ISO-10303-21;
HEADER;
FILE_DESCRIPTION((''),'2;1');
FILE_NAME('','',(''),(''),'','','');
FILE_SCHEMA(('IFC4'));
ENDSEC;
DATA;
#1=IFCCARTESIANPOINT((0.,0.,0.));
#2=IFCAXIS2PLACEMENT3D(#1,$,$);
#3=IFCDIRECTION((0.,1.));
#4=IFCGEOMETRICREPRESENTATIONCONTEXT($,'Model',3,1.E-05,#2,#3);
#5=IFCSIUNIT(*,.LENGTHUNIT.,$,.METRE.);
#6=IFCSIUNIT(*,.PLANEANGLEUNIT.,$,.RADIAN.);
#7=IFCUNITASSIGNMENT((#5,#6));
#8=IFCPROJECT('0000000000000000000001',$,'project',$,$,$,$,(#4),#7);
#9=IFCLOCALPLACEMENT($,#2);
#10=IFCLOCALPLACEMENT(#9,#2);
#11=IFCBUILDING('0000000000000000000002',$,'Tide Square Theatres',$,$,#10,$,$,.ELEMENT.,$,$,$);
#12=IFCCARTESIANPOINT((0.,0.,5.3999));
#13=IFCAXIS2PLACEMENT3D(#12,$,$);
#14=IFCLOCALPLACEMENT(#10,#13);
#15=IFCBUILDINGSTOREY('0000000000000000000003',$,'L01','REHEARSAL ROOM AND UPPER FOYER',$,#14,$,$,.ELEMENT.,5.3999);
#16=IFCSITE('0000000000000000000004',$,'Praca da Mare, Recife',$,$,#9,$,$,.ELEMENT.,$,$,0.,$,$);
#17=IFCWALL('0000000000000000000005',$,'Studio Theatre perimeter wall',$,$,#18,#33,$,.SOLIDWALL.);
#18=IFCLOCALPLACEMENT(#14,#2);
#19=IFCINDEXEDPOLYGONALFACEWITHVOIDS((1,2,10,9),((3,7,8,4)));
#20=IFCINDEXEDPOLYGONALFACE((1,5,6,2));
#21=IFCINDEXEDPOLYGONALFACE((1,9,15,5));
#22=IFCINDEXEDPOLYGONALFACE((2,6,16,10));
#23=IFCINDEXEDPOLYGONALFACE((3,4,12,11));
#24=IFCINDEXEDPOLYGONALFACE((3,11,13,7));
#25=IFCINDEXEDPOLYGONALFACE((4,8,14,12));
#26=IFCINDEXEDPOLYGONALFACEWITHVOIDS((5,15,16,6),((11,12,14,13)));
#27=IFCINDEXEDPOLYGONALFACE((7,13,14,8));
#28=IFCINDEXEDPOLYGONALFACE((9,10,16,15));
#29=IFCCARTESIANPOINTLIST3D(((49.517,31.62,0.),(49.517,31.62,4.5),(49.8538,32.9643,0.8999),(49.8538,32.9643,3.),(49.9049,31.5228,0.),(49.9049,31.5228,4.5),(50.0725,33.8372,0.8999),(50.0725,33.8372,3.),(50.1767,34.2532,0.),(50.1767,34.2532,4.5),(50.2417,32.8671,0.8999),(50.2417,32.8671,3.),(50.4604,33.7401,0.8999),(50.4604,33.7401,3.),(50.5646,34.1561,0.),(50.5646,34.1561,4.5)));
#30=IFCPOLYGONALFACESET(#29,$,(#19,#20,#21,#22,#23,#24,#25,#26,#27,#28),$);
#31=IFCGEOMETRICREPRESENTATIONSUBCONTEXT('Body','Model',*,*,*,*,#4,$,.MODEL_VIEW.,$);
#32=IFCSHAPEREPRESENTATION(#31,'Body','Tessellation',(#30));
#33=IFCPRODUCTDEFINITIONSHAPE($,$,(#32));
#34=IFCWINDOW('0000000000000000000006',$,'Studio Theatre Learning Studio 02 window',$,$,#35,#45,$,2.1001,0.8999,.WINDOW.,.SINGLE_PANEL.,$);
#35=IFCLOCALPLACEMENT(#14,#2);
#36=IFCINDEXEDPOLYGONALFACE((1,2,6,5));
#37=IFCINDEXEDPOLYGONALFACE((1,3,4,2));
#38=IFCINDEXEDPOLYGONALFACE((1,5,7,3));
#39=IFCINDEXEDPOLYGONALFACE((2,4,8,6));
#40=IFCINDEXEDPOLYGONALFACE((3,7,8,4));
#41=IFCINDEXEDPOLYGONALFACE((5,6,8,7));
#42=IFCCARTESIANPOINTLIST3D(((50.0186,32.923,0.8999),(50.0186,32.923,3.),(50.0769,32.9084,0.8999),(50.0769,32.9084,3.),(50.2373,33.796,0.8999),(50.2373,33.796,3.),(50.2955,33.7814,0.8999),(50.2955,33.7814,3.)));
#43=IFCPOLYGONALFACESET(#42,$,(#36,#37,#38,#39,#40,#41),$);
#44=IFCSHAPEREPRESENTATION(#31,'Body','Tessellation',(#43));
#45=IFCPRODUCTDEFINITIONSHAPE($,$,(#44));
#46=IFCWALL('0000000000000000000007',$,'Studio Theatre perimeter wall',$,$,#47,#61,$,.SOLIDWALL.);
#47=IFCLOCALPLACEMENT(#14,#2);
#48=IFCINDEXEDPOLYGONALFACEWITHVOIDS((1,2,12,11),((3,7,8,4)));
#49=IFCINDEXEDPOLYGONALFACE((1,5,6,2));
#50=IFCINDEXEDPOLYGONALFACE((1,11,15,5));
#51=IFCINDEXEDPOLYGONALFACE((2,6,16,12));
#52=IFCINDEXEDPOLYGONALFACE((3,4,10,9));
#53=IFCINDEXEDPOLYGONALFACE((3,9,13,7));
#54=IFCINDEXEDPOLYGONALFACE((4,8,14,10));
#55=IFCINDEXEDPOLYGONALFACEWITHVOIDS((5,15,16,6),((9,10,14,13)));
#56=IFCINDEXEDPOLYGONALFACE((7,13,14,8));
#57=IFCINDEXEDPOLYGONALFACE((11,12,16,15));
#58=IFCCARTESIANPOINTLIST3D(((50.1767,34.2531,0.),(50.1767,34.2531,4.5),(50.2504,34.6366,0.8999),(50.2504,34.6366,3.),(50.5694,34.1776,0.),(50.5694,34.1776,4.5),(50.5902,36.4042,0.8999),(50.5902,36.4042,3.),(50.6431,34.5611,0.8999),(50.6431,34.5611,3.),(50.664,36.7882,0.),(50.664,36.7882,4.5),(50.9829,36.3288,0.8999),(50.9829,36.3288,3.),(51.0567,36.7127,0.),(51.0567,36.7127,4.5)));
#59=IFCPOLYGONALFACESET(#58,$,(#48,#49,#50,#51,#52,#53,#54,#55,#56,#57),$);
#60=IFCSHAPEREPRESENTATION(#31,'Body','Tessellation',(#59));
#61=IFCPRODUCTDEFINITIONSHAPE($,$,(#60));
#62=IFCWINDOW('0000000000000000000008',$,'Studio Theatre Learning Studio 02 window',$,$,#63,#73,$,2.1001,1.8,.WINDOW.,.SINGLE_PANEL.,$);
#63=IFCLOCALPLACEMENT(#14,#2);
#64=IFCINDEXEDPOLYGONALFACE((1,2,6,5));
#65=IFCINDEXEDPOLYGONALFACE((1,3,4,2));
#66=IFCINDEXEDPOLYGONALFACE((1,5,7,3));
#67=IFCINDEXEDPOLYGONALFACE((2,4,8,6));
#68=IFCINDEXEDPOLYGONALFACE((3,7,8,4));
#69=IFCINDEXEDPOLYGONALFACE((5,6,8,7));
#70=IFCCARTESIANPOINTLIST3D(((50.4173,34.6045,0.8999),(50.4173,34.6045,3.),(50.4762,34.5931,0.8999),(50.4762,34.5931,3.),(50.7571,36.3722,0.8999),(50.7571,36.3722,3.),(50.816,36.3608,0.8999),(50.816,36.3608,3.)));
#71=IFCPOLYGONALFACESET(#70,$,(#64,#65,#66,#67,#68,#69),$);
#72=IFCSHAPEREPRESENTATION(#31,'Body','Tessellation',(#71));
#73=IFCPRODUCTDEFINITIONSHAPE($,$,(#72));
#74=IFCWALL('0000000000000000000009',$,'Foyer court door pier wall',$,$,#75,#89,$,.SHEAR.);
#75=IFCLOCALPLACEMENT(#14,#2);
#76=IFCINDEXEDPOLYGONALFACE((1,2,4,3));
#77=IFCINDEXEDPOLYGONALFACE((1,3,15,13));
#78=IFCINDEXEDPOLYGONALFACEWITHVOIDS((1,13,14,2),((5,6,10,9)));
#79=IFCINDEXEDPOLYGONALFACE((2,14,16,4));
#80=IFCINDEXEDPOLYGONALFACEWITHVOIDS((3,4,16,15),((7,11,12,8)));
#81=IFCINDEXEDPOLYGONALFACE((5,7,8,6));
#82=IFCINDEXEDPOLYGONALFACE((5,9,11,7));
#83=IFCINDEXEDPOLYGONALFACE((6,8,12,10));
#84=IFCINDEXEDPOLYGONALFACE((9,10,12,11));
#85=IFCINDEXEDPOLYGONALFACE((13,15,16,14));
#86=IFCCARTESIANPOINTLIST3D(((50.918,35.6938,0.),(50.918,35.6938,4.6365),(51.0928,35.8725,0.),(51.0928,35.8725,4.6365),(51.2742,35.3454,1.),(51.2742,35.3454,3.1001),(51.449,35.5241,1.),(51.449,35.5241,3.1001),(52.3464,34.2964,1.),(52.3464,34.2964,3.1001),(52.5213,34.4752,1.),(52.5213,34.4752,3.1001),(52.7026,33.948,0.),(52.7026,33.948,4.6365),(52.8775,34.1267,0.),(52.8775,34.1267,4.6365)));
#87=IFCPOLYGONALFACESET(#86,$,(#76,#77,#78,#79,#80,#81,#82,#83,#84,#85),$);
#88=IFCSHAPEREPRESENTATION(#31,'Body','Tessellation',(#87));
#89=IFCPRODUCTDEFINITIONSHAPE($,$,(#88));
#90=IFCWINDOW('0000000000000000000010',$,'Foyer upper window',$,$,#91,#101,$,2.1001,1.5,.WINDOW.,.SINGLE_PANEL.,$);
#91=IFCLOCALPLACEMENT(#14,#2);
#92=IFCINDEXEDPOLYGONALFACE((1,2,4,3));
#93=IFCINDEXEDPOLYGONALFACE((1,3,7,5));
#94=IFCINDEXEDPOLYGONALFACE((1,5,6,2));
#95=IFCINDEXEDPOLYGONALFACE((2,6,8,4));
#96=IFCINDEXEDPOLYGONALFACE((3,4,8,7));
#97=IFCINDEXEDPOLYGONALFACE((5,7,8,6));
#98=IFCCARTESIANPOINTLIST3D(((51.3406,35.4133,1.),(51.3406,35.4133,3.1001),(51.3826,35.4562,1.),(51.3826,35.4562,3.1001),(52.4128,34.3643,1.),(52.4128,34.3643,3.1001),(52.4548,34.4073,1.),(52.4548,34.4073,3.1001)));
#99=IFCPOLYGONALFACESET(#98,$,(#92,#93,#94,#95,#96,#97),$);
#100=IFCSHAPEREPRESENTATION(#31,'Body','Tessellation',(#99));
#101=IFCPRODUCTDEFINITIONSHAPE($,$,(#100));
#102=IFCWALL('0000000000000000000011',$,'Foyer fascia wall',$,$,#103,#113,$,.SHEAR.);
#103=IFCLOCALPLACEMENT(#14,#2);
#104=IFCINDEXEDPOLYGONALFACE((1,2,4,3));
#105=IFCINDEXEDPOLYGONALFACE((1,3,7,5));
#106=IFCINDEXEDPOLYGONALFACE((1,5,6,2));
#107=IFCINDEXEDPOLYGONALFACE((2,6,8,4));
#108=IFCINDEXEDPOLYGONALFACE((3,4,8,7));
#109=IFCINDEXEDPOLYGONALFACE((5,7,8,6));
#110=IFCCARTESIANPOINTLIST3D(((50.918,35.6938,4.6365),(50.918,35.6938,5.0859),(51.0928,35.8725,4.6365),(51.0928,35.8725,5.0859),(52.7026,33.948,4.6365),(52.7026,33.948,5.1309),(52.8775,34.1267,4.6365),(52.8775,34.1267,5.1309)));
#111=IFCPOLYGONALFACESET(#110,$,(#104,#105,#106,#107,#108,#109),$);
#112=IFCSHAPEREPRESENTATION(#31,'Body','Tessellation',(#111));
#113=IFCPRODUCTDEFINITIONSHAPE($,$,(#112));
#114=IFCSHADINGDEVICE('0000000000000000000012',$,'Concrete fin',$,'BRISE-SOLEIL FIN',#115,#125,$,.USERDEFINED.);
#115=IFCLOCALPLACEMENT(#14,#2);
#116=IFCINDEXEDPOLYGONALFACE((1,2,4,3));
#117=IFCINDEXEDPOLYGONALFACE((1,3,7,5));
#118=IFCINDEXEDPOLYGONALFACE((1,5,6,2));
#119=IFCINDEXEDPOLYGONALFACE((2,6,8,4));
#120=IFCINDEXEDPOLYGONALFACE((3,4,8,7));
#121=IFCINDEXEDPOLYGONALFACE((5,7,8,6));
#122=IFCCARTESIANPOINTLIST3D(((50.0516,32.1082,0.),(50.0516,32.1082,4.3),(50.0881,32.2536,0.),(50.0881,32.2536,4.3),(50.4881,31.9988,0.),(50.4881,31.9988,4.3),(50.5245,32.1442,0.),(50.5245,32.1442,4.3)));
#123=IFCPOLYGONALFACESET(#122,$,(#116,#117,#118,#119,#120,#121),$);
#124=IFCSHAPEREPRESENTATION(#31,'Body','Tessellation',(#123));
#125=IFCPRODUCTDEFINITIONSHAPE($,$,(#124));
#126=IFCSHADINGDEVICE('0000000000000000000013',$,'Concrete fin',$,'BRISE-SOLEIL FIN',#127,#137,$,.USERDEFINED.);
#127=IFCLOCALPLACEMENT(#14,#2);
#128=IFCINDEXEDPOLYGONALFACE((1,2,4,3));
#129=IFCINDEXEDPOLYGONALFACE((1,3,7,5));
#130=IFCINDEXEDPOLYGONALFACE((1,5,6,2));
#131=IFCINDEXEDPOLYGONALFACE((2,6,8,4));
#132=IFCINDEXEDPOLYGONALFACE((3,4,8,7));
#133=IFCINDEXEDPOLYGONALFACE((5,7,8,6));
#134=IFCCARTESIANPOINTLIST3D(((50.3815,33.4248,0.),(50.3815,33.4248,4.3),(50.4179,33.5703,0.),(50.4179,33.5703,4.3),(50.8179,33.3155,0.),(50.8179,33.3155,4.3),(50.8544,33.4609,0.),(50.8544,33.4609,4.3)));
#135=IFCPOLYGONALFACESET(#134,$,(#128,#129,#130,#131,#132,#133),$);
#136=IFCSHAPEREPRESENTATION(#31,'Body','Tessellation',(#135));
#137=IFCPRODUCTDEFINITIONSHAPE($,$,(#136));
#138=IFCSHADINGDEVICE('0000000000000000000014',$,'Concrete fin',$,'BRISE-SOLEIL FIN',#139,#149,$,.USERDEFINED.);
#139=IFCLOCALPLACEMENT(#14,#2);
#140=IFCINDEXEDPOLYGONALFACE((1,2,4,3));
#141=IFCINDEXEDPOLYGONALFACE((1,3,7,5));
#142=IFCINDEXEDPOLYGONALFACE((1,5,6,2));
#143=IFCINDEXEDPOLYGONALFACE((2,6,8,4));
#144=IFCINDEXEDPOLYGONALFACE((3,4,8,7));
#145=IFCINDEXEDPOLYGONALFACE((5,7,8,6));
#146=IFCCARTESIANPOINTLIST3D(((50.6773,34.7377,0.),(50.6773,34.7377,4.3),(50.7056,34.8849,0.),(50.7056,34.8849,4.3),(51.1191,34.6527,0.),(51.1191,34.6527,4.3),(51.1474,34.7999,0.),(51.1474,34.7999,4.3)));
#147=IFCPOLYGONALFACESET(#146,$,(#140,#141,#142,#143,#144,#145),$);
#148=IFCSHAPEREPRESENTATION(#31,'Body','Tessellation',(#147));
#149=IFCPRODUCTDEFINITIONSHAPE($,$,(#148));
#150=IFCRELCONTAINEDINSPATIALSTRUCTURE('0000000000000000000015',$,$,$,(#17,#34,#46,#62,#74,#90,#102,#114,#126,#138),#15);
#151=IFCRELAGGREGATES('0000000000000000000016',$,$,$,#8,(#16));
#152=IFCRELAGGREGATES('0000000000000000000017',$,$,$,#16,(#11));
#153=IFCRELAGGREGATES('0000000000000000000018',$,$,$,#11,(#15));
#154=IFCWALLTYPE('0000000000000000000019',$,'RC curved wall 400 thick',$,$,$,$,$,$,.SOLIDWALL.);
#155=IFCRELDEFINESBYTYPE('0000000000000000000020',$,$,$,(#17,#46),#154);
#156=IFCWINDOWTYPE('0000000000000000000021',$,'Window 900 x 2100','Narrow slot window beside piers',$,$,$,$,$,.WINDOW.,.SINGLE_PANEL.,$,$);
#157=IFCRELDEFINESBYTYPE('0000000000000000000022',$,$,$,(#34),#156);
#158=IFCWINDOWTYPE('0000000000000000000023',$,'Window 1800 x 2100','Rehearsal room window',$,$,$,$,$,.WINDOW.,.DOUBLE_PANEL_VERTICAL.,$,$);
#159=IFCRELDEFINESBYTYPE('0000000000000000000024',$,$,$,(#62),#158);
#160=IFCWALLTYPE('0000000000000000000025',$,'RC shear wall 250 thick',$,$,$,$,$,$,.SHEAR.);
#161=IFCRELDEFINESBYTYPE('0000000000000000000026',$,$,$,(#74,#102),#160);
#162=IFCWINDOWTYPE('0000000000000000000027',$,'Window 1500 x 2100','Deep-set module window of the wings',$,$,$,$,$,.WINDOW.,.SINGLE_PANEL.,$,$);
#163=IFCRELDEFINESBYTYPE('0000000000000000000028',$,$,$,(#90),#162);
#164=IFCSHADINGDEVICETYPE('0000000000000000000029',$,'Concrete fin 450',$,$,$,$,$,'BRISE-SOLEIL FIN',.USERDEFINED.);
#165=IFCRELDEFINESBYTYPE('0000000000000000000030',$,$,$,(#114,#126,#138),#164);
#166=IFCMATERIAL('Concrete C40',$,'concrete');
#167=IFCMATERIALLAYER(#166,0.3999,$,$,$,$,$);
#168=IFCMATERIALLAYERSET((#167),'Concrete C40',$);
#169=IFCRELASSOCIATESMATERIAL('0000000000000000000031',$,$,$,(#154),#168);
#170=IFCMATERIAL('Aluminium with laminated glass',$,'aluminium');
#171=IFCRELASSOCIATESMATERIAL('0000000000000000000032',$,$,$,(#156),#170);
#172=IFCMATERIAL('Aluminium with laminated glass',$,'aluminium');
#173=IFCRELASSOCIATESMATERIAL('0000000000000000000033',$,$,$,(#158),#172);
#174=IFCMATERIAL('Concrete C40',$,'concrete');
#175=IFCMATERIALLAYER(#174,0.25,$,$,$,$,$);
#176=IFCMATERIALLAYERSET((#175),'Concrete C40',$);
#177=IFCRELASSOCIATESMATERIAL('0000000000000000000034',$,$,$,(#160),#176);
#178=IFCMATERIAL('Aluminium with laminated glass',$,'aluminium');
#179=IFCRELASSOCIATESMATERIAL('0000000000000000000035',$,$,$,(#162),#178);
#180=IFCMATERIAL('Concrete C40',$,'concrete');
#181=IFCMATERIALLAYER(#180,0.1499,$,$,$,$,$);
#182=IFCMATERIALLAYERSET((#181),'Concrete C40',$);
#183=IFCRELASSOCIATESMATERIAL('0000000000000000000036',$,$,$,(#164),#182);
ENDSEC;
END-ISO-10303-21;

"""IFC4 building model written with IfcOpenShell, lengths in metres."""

from ifc_helpers import new_model, si_unit, direction, frame, frame_2d, origin, origin_2d, place, context, subcontext, project, spatial, polyline, rectangle, outline, extrude, material, layer, layer_set, type_object, element, fill, save


model = new_model("IFC4")

# Units and contexts
model_context = context("Model", 3, precision=1e-05, world=origin(), true_north=direction((0.0, 1.0)))
body_context = subcontext(model_context, "Body", "Model", "MODEL_VIEW")
ifc_project = project(units=[si_unit("LENGTHUNIT", "METRE"), si_unit("PLANEANGLEUNIT", "RADIAN")], contexts=[model_context])

# Site, building, storey
site_placement = place(None, origin())
site = spatial("IfcSite", under=ifc_project, at=site_placement, Name="Praca da Mare, Recife", CompositionType="ELEMENT", RefElevation=0.0)
building_placement = place(site_placement, origin())
building = spatial("IfcBuilding", under=site, at=building_placement, Name="Tide Square Theatres", CompositionType="ELEMENT")
storey_placement = place(building_placement, frame((0.0, 0.0, 5.3999)))
storey = spatial("IfcBuildingStorey", under=building, at=storey_placement, Name="L01", Description="REHEARSAL ROOM AND UPPER FOYER", CompositionType="ELEMENT", Elevation=5.3999)

# Walls, openings, windows
ifc_material_1 = material(Name="Concrete C40", Category="concrete")
ifc_layer_1 = layer(ifc_material_1, 0.3999)
ifc_layer_set_1 = layer_set([ifc_layer_1], Name="Concrete C40")
wall_type_1 = type_object("IfcWallType", Name="RC curved wall 400 thick", PredefinedType="SOLIDWALL", material=ifc_layer_set_1)
wall_1_placement = place(storey_placement, frame((49.7109, 31.5713, 0.0), z_axis=(0.0, 0.0, 1.0), x_axis=(0.243001, 0.970026, 0.0)))
wall_1 = element("IfcWall", 1, at=wall_1_placement, inside=storey, type_object=wall_type_1, Name="Studio Theatre perimeter wall", PredefinedType="SOLIDWALL", context=body_context, shape_type="SweptSolid", body=[
    extrude(rectangle(XDim=2.7146, YDim=0.3999, at=frame_2d((1.3574, 0.0))), origin(), (0.0, 0.0, 1.0), 4.5),
])
opening_1_placement = place(wall_1_placement, frame((1.386, 0.0, 0.8999)))
opening_1 = element("IfcOpeningElement", 2, at=opening_1_placement, cuts=wall_1, PredefinedType="OPENING", context=body_context, shape_type="SweptSolid", body=[
    extrude(rectangle(XDim=0.8999, YDim=2.1001, at=frame_2d((0.45, 1.05))), frame((0.0, 0.21, 0.0), z_axis=(0.0, -1.0, 0.0), x_axis=(1.0, 0.0, 0.0)), (0.0, 0.0, 1.0), 0.4199),
])
ifc_material_2 = material(Name="Aluminium with laminated glass", Category="aluminium")
window_type_1 = type_object("IfcWindowType", Name="Window 900 x 2100", Description="Narrow slot window beside piers", PartitioningType="SINGLE_PANEL", PredefinedType="WINDOW", material=ifc_material_2)
window_1_placement = place(opening_1_placement, origin())
window_1 = element("IfcWindow", 3, at=window_1_placement, inside=storey, type_object=window_type_1, Name="Studio Theatre Learning Studio 02 window", OverallHeight=2.1001, OverallWidth=0.8999, PartitioningType="SINGLE_PANEL", PredefinedType="WINDOW", context=body_context, shape_type="SweptSolid", body=[
    extrude(rectangle(XDim=0.8999, YDim=2.1001, at=frame_2d((0.45, 1.05))), frame((0.0, 0.03, 0.0), z_axis=(0.0, -1.0, 0.0), x_axis=(1.0, 0.0, 0.0)), (0.0, 0.0, 1.0), 0.0601),
])
fill(opening_1, window_1)
wall_2_placement = place(storey_placement, frame((50.373, 34.2153, 0.0), z_axis=(0.0, 0.0, 1.0), x_axis=(0.188763, 0.982023, 0.0)))
wall_2 = element("IfcWall", 4, at=wall_2_placement, inside=storey, type_object=wall_type_1, Name="Studio Theatre perimeter wall", PredefinedType="SOLIDWALL", context=body_context, shape_type="SweptSolid", body=[
    extrude(rectangle(XDim=2.5815, YDim=0.3999, at=frame_2d((1.2908, 0.0))), origin(), (0.0, 0.0, 1.0), 4.5),
])
opening_2_placement = place(wall_2_placement, frame((0.3906, 0.0, 0.8999)))
opening_2 = element("IfcOpeningElement", 5, at=opening_2_placement, cuts=wall_2, PredefinedType="OPENING", context=body_context, shape_type="SweptSolid", body=[
    extrude(rectangle(XDim=1.8, YDim=2.1001, at=frame_2d((0.8999, 1.05))), frame((0.0, 0.21, 0.0), z_axis=(0.0, -1.0, 0.0), x_axis=(1.0, 0.0, 0.0)), (0.0, 0.0, 1.0), 0.4199),
])
ifc_material_3 = material(Name="Aluminium with laminated glass", Category="aluminium")
window_type_2 = type_object("IfcWindowType", Name="Window 1800 x 2100", Description="Rehearsal room window", PartitioningType="DOUBLE_PANEL_VERTICAL", PredefinedType="WINDOW", material=ifc_material_3)
window_2_placement = place(opening_2_placement, origin())
window_2 = element("IfcWindow", 6, at=window_2_placement, inside=storey, type_object=window_type_2, Name="Studio Theatre Learning Studio 02 window", OverallHeight=2.1001, OverallWidth=1.8, PartitioningType="SINGLE_PANEL", PredefinedType="WINDOW", context=body_context, shape_type="SweptSolid", body=[
    extrude(rectangle(XDim=1.8, YDim=2.1001, at=frame_2d((0.8999, 1.05))), frame((0.0, 0.03, 0.0), z_axis=(0.0, -1.0, 0.0), x_axis=(1.0, 0.0, 0.0)), (0.0, 0.0, 1.0), 0.0601),
])
fill(opening_2, window_2)
ifc_material_4 = material(Name="Concrete C40", Category="concrete")
ifc_layer_2 = layer(ifc_material_4, 0.25)
ifc_layer_set_2 = layer_set([ifc_layer_2], Name="Concrete C40")
wall_type_2 = type_object("IfcWallType", Name="RC shear wall 250 thick", PredefinedType="SHEAR", material=ifc_layer_set_2)
wall_3_placement = place(storey_placement, frame((52.79, 34.0374, 0.0), z_axis=(0.0, 0.0, 1.0), x_axis=(-0.714838, 0.69929, 0.0)))
wall_3 = element("IfcWall", 7, at=wall_3_placement, inside=storey, type_object=wall_type_2, Name="Foyer court door pier wall", PredefinedType="SHEAR", context=body_context, shape_type="SweptSolid", body=[
    extrude(rectangle(XDim=2.4966, YDim=0.25, at=frame_2d((1.2483, 0.0))), origin(), (0.0, 0.0, 1.0), 4.6365),
])
opening_3_placement = place(wall_3_placement, frame((0.4983, 0.0, 1.0)))
opening_3 = element("IfcOpeningElement", 8, at=opening_3_placement, cuts=wall_3, PredefinedType="OPENING", context=body_context, shape_type="SweptSolid", body=[
    extrude(rectangle(XDim=1.5, YDim=2.1001, at=frame_2d((0.75, 1.05))), frame((0.0, 0.135, 0.0), z_axis=(0.0, -1.0, 0.0), x_axis=(1.0, 0.0, 0.0)), (0.0, 0.0, 1.0), 0.27),
])
ifc_material_5 = material(Name="Aluminium with laminated glass", Category="aluminium")
window_type_3 = type_object("IfcWindowType", Name="Window 1500 x 2100", Description="Deep-set module window of the wings", PartitioningType="SINGLE_PANEL", PredefinedType="WINDOW", material=ifc_material_5)
window_3_placement = place(opening_3_placement, origin())
window_3 = element("IfcWindow", 9, at=window_3_placement, inside=storey, type_object=window_type_3, Name="Foyer upper window", OverallHeight=2.1001, OverallWidth=1.5, PartitioningType="SINGLE_PANEL", PredefinedType="WINDOW", context=body_context, shape_type="SweptSolid", body=[
    extrude(rectangle(XDim=1.5, YDim=2.1001, at=frame_2d((0.75, 1.05))), frame((0.0, 0.03, 0.0), z_axis=(0.0, -1.0, 0.0), x_axis=(1.0, 0.0, 0.0)), (0.0, 0.0, 1.0), 0.0601),
])
fill(opening_3, window_3)

# Wall
wall_4_placement = place(storey_placement, frame((52.79, 34.0374, 4.6365), z_axis=(0.0, 0.0, 1.0), x_axis=(-0.714838, 0.69929, 0.0)))
element("IfcWall", 10, at=wall_4_placement, inside=storey, type_object=wall_type_2, Name="Foyer fascia wall", PredefinedType="SHEAR", context=body_context, shape_type="SweptSolid", body=[
    extrude(outline(polyline([(0.0, 0.0), (2.4966, 0.0), (2.4966, 0.4495), (0.0, 0.4944), (0.0, 0.0)])), frame((0.0, 0.125, 0.0), z_axis=(0.0, -1.0, 0.0), x_axis=(1.0, 0.0, 0.0)), (0.0, 0.0, 1.0), 0.25),
])

# Shading devices
ifc_material_6 = material(Name="Concrete C40", Category="concrete")
ifc_layer_3 = layer(ifc_material_6, 0.1499)
ifc_layer_set_3 = layer_set([ifc_layer_3], Name="Concrete C40")
shading_device_type = type_object("IfcShadingDeviceType", Name="Concrete fin 450", ElementType="BRISE-SOLEIL FIN", PredefinedType="USERDEFINED", material=ifc_layer_set_3)
for number, where, z_axis, x_axis, name in (
    (11, (50.2881, 32.1262, 0.0), (0.0, 0.0, 1.0), (0.243039, 0.970016, 0.0), "Concrete fin"),
    (12, (50.6179, 33.4429, 0.0), (0.0, 0.0, 1.0), (0.243039, 0.970016, 0.0), "Concrete fin"),
    (13, (50.9124, 34.7688, 0.0), (0.0, 0.0, 1.0), (0.188736, 0.982028, 0.0), "Concrete fin"),
):
    element("IfcShadingDevice", number, at=place(storey_placement, frame(where, z_axis=z_axis, x_axis=x_axis)), inside=storey, type_object=shading_device_type, Name=name, ObjectType="BRISE-SOLEIL FIN", PredefinedType="USERDEFINED", context=body_context, shape_type="SweptSolid", body=[
        extrude(rectangle(XDim=0.1499, YDim=0.45, at=origin_2d()), origin(), (0.0, 0.0, 1.0), 4.3),
    ])

save(model, "model.ifc")
